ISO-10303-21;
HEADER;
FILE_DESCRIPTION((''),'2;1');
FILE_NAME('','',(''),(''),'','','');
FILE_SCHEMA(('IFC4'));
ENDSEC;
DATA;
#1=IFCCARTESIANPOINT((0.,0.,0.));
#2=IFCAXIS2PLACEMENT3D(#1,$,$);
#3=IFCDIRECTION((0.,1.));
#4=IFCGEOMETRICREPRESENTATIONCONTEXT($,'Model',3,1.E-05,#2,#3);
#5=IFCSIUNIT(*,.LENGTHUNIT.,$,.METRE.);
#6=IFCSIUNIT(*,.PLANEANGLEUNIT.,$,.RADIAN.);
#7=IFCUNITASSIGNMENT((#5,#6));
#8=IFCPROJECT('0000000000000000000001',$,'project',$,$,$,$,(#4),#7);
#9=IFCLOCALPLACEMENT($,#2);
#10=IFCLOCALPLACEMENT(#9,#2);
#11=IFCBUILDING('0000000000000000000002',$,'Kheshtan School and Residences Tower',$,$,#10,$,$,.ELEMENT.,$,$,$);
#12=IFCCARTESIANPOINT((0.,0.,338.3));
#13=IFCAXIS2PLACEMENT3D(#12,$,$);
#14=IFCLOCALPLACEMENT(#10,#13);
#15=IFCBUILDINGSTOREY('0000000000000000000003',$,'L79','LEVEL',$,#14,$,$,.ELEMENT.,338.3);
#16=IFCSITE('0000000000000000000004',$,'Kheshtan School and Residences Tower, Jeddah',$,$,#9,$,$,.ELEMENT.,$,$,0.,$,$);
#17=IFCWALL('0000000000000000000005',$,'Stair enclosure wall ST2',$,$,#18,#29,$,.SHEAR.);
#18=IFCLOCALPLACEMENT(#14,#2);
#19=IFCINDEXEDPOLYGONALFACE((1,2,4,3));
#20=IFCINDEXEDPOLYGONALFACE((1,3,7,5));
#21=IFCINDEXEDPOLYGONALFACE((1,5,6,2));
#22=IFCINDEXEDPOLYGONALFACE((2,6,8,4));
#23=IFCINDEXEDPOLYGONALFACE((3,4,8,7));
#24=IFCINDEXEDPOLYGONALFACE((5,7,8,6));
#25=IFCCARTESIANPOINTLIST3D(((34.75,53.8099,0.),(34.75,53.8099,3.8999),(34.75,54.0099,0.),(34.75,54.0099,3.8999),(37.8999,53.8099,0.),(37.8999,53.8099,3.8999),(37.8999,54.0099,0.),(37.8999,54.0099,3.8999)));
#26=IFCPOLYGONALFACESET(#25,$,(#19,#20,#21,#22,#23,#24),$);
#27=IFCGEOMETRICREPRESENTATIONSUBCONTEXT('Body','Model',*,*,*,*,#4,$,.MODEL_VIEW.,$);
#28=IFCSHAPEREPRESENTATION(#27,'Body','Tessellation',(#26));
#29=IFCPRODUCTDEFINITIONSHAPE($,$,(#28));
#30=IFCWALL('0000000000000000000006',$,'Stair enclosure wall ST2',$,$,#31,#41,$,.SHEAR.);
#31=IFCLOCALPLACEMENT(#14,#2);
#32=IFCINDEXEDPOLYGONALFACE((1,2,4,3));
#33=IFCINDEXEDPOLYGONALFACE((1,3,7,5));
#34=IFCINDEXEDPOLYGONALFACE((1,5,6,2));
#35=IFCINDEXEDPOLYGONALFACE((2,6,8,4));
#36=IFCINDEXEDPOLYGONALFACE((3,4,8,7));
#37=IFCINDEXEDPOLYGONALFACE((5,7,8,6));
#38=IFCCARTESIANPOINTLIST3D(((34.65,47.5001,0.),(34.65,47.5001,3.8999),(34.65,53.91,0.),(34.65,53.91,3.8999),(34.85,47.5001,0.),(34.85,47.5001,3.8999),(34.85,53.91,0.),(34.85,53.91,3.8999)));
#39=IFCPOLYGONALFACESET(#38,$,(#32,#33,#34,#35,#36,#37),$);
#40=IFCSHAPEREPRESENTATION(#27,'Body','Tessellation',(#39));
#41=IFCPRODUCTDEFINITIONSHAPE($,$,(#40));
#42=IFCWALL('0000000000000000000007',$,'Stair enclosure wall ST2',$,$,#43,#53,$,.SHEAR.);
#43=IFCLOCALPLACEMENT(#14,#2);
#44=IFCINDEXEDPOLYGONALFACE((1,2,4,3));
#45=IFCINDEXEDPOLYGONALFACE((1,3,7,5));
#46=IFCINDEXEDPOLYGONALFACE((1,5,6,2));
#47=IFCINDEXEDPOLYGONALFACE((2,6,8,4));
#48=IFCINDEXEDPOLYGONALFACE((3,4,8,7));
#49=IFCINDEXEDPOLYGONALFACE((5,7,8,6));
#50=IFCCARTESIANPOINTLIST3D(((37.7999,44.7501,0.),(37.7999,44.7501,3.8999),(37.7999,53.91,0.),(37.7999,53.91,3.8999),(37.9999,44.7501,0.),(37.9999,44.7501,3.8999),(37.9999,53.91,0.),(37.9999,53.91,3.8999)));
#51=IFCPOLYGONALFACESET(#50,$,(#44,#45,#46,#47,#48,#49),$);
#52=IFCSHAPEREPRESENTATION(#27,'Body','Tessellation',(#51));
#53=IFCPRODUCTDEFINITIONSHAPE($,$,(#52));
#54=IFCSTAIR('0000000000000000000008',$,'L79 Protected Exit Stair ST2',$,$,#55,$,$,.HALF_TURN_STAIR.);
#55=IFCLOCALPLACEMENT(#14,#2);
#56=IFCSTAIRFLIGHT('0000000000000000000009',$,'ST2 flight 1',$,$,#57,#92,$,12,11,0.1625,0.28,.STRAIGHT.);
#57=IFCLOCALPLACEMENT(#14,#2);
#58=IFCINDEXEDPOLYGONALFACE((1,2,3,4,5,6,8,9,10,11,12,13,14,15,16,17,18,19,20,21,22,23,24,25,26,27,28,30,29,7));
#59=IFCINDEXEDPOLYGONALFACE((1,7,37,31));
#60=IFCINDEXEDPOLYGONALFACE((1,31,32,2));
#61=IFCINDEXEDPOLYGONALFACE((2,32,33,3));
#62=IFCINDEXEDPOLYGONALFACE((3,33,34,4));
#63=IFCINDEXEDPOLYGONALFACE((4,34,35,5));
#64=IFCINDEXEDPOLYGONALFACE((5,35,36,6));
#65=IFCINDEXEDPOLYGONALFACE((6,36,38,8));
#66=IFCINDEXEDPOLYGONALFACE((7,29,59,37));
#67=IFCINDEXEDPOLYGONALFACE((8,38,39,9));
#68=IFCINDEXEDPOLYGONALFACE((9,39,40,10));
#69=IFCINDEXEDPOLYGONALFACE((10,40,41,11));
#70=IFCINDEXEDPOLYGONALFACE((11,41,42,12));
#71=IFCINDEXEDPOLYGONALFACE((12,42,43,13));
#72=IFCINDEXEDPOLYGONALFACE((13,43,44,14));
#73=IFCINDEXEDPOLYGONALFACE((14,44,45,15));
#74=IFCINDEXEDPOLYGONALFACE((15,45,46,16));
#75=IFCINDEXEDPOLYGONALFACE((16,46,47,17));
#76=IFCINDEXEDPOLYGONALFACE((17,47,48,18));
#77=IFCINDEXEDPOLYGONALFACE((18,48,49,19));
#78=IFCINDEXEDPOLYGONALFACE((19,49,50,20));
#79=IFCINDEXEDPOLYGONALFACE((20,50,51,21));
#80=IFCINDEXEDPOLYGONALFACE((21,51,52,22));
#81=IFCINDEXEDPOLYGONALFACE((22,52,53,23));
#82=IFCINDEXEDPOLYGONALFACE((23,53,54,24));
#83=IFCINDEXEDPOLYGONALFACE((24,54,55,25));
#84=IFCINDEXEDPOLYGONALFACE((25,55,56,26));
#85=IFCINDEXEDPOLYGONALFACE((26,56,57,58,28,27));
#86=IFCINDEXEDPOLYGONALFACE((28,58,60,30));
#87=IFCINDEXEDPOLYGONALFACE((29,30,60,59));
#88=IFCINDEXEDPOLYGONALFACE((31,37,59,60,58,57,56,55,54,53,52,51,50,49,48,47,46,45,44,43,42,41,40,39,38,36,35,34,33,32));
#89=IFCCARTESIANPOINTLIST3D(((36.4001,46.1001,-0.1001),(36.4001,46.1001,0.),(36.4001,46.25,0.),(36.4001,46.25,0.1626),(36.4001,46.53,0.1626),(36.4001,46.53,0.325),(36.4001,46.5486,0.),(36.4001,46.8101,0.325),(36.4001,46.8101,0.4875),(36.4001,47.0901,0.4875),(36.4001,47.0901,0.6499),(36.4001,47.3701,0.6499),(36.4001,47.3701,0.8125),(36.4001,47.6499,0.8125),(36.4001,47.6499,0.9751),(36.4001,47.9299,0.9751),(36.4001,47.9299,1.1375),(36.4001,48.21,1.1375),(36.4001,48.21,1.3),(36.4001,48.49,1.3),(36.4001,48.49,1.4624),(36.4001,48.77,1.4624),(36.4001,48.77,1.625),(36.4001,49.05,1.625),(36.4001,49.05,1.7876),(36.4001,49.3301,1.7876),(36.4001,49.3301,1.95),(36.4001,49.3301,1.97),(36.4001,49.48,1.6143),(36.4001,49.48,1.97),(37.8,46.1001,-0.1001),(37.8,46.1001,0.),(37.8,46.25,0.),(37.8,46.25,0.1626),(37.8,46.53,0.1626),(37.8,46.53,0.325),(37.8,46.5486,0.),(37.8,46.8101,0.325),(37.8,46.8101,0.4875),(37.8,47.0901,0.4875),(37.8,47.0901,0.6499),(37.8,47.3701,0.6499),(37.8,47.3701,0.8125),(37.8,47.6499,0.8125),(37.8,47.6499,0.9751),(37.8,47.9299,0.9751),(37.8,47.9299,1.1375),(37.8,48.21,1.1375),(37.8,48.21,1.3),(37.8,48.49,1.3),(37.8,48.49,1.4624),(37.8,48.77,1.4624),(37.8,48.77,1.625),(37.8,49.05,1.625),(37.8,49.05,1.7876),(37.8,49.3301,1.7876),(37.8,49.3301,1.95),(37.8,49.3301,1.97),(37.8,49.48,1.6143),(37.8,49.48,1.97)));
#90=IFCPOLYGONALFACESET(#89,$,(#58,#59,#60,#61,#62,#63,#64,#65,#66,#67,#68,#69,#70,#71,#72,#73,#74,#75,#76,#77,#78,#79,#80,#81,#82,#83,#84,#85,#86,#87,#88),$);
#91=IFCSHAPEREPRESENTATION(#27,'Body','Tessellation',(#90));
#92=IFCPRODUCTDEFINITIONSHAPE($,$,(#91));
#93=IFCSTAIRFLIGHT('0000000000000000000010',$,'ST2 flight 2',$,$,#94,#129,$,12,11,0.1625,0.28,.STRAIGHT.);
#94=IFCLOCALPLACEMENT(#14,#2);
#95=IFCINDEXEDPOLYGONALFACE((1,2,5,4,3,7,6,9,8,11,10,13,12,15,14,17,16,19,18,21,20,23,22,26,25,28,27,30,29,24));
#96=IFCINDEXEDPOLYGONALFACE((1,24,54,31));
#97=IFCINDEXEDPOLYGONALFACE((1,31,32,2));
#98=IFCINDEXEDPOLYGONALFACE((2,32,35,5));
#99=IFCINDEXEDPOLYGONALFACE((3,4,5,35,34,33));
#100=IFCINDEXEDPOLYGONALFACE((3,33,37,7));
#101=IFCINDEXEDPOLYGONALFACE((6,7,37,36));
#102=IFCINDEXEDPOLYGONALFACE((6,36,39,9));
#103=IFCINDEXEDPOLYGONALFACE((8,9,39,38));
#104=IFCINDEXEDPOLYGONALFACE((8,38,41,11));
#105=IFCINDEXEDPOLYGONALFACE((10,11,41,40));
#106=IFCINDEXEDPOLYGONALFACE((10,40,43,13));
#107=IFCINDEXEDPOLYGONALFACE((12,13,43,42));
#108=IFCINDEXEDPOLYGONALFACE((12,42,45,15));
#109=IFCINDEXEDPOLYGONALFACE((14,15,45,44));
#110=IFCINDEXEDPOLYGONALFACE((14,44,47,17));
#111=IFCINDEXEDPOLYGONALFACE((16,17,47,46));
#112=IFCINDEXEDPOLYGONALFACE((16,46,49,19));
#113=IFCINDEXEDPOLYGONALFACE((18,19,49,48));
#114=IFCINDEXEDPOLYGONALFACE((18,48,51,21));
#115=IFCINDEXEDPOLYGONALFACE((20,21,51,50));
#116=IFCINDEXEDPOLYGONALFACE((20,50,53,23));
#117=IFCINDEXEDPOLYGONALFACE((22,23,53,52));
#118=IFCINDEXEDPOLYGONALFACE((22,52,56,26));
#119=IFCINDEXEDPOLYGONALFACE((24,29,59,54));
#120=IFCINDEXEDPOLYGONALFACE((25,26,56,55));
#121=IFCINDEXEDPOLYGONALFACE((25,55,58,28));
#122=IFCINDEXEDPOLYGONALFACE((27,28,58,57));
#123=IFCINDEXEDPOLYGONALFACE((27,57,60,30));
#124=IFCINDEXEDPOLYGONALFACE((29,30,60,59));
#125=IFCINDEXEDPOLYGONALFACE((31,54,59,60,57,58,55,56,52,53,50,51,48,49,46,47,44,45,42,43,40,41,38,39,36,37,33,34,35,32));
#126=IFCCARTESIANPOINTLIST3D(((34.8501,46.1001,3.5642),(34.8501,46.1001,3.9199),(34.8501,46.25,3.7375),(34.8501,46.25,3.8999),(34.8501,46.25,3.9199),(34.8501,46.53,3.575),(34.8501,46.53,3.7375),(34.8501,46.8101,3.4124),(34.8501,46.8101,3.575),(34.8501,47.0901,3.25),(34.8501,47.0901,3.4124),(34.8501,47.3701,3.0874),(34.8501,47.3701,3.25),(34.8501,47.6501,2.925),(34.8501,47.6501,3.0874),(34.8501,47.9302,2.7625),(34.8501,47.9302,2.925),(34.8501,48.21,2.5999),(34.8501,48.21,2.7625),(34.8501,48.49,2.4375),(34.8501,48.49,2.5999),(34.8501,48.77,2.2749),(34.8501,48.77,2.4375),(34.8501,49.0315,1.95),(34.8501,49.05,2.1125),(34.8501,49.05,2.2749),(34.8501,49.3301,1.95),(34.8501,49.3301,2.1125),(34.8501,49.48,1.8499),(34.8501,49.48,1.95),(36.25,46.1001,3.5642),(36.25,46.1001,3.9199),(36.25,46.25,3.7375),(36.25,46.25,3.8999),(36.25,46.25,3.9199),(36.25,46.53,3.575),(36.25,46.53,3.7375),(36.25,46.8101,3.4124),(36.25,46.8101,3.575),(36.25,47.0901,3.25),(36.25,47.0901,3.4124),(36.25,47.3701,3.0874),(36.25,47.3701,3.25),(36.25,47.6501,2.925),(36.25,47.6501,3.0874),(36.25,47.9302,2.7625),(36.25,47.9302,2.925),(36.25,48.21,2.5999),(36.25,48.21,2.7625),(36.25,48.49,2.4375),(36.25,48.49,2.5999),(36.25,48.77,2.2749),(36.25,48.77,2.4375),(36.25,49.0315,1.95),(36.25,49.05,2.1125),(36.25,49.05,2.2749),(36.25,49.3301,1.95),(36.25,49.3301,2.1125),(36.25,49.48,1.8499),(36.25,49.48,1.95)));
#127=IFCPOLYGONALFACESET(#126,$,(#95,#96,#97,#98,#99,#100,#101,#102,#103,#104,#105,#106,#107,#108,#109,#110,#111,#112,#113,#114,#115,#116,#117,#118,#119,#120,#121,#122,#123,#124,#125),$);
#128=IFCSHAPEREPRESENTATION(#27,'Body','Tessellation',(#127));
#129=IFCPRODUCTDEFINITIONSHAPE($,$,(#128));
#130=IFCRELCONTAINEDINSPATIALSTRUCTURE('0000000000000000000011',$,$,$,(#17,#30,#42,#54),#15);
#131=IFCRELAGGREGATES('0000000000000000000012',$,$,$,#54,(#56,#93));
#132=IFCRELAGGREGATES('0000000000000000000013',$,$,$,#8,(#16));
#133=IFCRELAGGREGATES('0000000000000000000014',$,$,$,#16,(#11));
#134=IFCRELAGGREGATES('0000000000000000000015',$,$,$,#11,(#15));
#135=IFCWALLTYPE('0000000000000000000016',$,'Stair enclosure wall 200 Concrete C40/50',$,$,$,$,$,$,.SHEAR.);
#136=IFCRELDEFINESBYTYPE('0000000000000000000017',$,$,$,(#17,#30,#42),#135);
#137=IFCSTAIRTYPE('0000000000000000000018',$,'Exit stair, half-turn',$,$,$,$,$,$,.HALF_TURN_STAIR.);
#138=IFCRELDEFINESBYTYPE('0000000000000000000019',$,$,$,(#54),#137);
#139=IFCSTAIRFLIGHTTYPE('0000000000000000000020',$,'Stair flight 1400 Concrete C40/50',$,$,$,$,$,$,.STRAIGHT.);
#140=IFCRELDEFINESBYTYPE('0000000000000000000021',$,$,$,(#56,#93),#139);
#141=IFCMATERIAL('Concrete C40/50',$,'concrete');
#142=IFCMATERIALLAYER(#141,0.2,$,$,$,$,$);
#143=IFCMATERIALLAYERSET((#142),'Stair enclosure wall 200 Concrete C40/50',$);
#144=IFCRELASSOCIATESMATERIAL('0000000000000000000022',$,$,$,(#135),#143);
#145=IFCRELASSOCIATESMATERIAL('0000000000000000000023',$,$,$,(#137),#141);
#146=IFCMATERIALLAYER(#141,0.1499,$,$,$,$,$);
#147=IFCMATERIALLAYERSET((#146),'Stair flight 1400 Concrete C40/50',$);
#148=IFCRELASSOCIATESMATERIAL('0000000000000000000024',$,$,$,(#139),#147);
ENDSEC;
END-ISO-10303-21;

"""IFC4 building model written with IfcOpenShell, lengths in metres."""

from ifc_helpers import new_model, si_unit, direction, frame, frame_2d, origin, place, context, subcontext, project, spatial, polyline, rectangle, outline, extrude, material, layer, layer_set, type_object, element, aggregate, save


model = new_model("IFC4")

# Units and contexts
model_context = context("Model", 3, precision=1e-05, world=origin(), true_north=direction((0.0, 1.0)))
body_context = subcontext(model_context, "Body", "Model", "MODEL_VIEW")
ifc_project = project(units=[si_unit("LENGTHUNIT", "METRE"), si_unit("PLANEANGLEUNIT", "RADIAN")], contexts=[model_context])

# Site, building, storey
site_placement = place(None, origin())
site = spatial("IfcSite", under=ifc_project, at=site_placement, Name="Kheshtan School and Residences Tower, Jeddah", CompositionType="ELEMENT", RefElevation=0.0)
building_placement = place(site_placement, origin())
building = spatial("IfcBuilding", under=site, at=building_placement, Name="Kheshtan School and Residences Tower", CompositionType="ELEMENT")
storey_placement = place(building_placement, frame((0.0, 0.0, 338.3)))
storey = spatial("IfcBuildingStorey", under=building, at=storey_placement, Name="L79", Description="LEVEL", CompositionType="ELEMENT", Elevation=338.3)

# Walls
ifc_material_1 = material(Name="Concrete C40/50", Category="concrete")
ifc_layer_1 = layer(ifc_material_1, 0.2)
ifc_layer_set_1 = layer_set([ifc_layer_1], Name="Stair enclosure wall 200 Concrete C40/50")
wall_type_1 = type_object("IfcWallType", Name="Stair enclosure wall 200 Concrete C40/50", PredefinedType="SHEAR", material=ifc_layer_set_1)
for number, where, z_axis, x_axis, name in (
    (1, (34.75, 53.9099, 0.0), (0.0, 0.0, 1.0), (1.0, 0.0, 0.0), "Stair enclosure wall ST2"),
):
    element("IfcWall", number, at=place(storey_placement, frame(where, z_axis=z_axis, x_axis=x_axis)), inside=storey, type_object=wall_type_1, Name=name, PredefinedType="SHEAR", context=body_context, shape_type="SweptSolid", body=[
        extrude(rectangle(XDim=3.1499, YDim=0.2, at=frame_2d((1.575, 0.0))), origin(), (0.0, 0.0, 1.0), 3.8999),
    ])
wall_1_placement = place(storey_placement, frame((34.75, 47.5, 0.0), z_axis=(0.0, 0.0, 1.0), x_axis=(0.0, 1.0, 0.0)))
element("IfcWall", 2, at=wall_1_placement, inside=storey, type_object=wall_type_1, Name="Stair enclosure wall ST2", PredefinedType="SHEAR", context=body_context, shape_type="SweptSolid", body=[
    extrude(rectangle(XDim=6.4099, YDim=0.2, at=frame_2d((3.2051, 0.0))), origin(), (0.0, 0.0, 1.0), 3.8999),
])
wall_2_placement = place(storey_placement, frame((37.8999, 44.75, 0.0), z_axis=(0.0, 0.0, 1.0), x_axis=(0.0, 1.0, 0.0)))
element("IfcWall", 3, at=wall_2_placement, inside=storey, type_object=wall_type_1, Name="Stair enclosure wall ST2", PredefinedType="SHEAR", context=body_context, shape_type="SweptSolid", body=[
    extrude(rectangle(XDim=9.1599, YDim=0.2, at=frame_2d((4.5801, 0.0))), origin(), (0.0, 0.0, 1.0), 3.8999),
])

# Stair, stair flights
stair_type = type_object("IfcStairType", Name="Exit stair, half-turn", PredefinedType="HALF_TURN_STAIR", material=ifc_material_1)
stair_placement = place(storey_placement, origin())
stair = element("IfcStair", 4, at=stair_placement, inside=storey, type_object=stair_type, Name="L79 Protected Exit Stair ST2", PredefinedType="HALF_TURN_STAIR")
ifc_layer_2 = layer(ifc_material_1, 0.1499)
ifc_layer_set_2 = layer_set([ifc_layer_2], Name="Stair flight 1400 Concrete C40/50")
stair_flight_type = type_object("IfcStairFlightType", Name="Stair flight 1400 Concrete C40/50", PredefinedType="STRAIGHT", material=ifc_layer_set_2)
stair_flight_1_placement = place(storey_placement, frame((37.1001, 46.25, 0.0), z_axis=(0.0, 0.0, 1.0), x_axis=(0.0, 1.0, 0.0)))
stair_flight_1 = element("IfcStairFlight", 5, at=stair_flight_1_placement, type_object=stair_flight_type, Name="ST2 flight 1", NumberOfRisers=12, NumberOfTreads=11, PredefinedType="STRAIGHT", RiserHeight=0.1625, TreadLength=0.28, context=body_context, shape_type="SweptSolid", body=[
    extrude(outline(polyline([(-0.1499, -0.1001), (-0.1499, 0.0), (0.0, 0.0), (0.0, 0.1626), (0.28, 0.1626), (0.28, 0.325), (0.5601, 0.325), (0.5601, 0.4875), (0.8401, 0.4875), (0.8401, 0.6499), (1.1201, 0.6499), (1.1201, 0.8125), (1.3999, 0.8125), (1.3999, 0.9751), (1.6799, 0.9751), (1.6799, 1.1375), (1.96, 1.1375), (1.96, 1.3), (2.24, 1.3), (2.24, 1.4624), (2.52, 1.4624), (2.52, 1.625), (2.8, 1.625), (2.8, 1.7876), (3.0801, 1.7876), (3.0801, 1.95), (3.0801, 1.97), (3.23, 1.97), (3.23, 1.6143), (0.2986, 0.0), (-0.1499, -0.1001)])), frame((0.0, 0.7, 0.0), z_axis=(0.0, -1.0, 0.0), x_axis=(1.0, 0.0, 0.0)), (0.0, 0.0, 1.0), 1.3999),
])
stair_flight_2_placement = place(storey_placement, frame((35.55, 49.3301, 1.95), z_axis=(0.0, 0.0, 1.0), x_axis=(0.0, -1.0, 0.0)))
stair_flight_2 = element("IfcStairFlight", 6, at=stair_flight_2_placement, type_object=stair_flight_type, Name="ST2 flight 2", NumberOfRisers=12, NumberOfTreads=11, PredefinedType="STRAIGHT", RiserHeight=0.1625, TreadLength=0.28, context=body_context, shape_type="SweptSolid", body=[
    extrude(outline(polyline([(-0.1499, -0.1001), (-0.1499, 0.0), (0.0, 0.0), (0.0, 0.1626), (0.28, 0.1626), (0.28, 0.325), (0.5601, 0.325), (0.5601, 0.4875), (0.8401, 0.4875), (0.8401, 0.6499), (1.1201, 0.6499), (1.1201, 0.8125), (1.3999, 0.8125), (1.3999, 0.9751), (1.6799, 0.9751), (1.6799, 1.1375), (1.96, 1.1375), (1.96, 1.3), (2.24, 1.3), (2.24, 1.4624), (2.52, 1.4624), (2.52, 1.625), (2.8, 1.625), (2.8, 1.7876), (3.0801, 1.7876), (3.0801, 1.95), (3.0801, 1.97), (3.23, 1.97), (3.23, 1.6143), (0.2986, 0.0), (-0.1499, -0.1001)])), frame((0.0, 0.7, 0.0), z_axis=(0.0, -1.0, 0.0), x_axis=(1.0, 0.0, 0.0)), (0.0, 0.0, 1.0), 1.3999),
])
aggregate(stair, [stair_flight_1, stair_flight_2])

save(model, "model.ifc")
